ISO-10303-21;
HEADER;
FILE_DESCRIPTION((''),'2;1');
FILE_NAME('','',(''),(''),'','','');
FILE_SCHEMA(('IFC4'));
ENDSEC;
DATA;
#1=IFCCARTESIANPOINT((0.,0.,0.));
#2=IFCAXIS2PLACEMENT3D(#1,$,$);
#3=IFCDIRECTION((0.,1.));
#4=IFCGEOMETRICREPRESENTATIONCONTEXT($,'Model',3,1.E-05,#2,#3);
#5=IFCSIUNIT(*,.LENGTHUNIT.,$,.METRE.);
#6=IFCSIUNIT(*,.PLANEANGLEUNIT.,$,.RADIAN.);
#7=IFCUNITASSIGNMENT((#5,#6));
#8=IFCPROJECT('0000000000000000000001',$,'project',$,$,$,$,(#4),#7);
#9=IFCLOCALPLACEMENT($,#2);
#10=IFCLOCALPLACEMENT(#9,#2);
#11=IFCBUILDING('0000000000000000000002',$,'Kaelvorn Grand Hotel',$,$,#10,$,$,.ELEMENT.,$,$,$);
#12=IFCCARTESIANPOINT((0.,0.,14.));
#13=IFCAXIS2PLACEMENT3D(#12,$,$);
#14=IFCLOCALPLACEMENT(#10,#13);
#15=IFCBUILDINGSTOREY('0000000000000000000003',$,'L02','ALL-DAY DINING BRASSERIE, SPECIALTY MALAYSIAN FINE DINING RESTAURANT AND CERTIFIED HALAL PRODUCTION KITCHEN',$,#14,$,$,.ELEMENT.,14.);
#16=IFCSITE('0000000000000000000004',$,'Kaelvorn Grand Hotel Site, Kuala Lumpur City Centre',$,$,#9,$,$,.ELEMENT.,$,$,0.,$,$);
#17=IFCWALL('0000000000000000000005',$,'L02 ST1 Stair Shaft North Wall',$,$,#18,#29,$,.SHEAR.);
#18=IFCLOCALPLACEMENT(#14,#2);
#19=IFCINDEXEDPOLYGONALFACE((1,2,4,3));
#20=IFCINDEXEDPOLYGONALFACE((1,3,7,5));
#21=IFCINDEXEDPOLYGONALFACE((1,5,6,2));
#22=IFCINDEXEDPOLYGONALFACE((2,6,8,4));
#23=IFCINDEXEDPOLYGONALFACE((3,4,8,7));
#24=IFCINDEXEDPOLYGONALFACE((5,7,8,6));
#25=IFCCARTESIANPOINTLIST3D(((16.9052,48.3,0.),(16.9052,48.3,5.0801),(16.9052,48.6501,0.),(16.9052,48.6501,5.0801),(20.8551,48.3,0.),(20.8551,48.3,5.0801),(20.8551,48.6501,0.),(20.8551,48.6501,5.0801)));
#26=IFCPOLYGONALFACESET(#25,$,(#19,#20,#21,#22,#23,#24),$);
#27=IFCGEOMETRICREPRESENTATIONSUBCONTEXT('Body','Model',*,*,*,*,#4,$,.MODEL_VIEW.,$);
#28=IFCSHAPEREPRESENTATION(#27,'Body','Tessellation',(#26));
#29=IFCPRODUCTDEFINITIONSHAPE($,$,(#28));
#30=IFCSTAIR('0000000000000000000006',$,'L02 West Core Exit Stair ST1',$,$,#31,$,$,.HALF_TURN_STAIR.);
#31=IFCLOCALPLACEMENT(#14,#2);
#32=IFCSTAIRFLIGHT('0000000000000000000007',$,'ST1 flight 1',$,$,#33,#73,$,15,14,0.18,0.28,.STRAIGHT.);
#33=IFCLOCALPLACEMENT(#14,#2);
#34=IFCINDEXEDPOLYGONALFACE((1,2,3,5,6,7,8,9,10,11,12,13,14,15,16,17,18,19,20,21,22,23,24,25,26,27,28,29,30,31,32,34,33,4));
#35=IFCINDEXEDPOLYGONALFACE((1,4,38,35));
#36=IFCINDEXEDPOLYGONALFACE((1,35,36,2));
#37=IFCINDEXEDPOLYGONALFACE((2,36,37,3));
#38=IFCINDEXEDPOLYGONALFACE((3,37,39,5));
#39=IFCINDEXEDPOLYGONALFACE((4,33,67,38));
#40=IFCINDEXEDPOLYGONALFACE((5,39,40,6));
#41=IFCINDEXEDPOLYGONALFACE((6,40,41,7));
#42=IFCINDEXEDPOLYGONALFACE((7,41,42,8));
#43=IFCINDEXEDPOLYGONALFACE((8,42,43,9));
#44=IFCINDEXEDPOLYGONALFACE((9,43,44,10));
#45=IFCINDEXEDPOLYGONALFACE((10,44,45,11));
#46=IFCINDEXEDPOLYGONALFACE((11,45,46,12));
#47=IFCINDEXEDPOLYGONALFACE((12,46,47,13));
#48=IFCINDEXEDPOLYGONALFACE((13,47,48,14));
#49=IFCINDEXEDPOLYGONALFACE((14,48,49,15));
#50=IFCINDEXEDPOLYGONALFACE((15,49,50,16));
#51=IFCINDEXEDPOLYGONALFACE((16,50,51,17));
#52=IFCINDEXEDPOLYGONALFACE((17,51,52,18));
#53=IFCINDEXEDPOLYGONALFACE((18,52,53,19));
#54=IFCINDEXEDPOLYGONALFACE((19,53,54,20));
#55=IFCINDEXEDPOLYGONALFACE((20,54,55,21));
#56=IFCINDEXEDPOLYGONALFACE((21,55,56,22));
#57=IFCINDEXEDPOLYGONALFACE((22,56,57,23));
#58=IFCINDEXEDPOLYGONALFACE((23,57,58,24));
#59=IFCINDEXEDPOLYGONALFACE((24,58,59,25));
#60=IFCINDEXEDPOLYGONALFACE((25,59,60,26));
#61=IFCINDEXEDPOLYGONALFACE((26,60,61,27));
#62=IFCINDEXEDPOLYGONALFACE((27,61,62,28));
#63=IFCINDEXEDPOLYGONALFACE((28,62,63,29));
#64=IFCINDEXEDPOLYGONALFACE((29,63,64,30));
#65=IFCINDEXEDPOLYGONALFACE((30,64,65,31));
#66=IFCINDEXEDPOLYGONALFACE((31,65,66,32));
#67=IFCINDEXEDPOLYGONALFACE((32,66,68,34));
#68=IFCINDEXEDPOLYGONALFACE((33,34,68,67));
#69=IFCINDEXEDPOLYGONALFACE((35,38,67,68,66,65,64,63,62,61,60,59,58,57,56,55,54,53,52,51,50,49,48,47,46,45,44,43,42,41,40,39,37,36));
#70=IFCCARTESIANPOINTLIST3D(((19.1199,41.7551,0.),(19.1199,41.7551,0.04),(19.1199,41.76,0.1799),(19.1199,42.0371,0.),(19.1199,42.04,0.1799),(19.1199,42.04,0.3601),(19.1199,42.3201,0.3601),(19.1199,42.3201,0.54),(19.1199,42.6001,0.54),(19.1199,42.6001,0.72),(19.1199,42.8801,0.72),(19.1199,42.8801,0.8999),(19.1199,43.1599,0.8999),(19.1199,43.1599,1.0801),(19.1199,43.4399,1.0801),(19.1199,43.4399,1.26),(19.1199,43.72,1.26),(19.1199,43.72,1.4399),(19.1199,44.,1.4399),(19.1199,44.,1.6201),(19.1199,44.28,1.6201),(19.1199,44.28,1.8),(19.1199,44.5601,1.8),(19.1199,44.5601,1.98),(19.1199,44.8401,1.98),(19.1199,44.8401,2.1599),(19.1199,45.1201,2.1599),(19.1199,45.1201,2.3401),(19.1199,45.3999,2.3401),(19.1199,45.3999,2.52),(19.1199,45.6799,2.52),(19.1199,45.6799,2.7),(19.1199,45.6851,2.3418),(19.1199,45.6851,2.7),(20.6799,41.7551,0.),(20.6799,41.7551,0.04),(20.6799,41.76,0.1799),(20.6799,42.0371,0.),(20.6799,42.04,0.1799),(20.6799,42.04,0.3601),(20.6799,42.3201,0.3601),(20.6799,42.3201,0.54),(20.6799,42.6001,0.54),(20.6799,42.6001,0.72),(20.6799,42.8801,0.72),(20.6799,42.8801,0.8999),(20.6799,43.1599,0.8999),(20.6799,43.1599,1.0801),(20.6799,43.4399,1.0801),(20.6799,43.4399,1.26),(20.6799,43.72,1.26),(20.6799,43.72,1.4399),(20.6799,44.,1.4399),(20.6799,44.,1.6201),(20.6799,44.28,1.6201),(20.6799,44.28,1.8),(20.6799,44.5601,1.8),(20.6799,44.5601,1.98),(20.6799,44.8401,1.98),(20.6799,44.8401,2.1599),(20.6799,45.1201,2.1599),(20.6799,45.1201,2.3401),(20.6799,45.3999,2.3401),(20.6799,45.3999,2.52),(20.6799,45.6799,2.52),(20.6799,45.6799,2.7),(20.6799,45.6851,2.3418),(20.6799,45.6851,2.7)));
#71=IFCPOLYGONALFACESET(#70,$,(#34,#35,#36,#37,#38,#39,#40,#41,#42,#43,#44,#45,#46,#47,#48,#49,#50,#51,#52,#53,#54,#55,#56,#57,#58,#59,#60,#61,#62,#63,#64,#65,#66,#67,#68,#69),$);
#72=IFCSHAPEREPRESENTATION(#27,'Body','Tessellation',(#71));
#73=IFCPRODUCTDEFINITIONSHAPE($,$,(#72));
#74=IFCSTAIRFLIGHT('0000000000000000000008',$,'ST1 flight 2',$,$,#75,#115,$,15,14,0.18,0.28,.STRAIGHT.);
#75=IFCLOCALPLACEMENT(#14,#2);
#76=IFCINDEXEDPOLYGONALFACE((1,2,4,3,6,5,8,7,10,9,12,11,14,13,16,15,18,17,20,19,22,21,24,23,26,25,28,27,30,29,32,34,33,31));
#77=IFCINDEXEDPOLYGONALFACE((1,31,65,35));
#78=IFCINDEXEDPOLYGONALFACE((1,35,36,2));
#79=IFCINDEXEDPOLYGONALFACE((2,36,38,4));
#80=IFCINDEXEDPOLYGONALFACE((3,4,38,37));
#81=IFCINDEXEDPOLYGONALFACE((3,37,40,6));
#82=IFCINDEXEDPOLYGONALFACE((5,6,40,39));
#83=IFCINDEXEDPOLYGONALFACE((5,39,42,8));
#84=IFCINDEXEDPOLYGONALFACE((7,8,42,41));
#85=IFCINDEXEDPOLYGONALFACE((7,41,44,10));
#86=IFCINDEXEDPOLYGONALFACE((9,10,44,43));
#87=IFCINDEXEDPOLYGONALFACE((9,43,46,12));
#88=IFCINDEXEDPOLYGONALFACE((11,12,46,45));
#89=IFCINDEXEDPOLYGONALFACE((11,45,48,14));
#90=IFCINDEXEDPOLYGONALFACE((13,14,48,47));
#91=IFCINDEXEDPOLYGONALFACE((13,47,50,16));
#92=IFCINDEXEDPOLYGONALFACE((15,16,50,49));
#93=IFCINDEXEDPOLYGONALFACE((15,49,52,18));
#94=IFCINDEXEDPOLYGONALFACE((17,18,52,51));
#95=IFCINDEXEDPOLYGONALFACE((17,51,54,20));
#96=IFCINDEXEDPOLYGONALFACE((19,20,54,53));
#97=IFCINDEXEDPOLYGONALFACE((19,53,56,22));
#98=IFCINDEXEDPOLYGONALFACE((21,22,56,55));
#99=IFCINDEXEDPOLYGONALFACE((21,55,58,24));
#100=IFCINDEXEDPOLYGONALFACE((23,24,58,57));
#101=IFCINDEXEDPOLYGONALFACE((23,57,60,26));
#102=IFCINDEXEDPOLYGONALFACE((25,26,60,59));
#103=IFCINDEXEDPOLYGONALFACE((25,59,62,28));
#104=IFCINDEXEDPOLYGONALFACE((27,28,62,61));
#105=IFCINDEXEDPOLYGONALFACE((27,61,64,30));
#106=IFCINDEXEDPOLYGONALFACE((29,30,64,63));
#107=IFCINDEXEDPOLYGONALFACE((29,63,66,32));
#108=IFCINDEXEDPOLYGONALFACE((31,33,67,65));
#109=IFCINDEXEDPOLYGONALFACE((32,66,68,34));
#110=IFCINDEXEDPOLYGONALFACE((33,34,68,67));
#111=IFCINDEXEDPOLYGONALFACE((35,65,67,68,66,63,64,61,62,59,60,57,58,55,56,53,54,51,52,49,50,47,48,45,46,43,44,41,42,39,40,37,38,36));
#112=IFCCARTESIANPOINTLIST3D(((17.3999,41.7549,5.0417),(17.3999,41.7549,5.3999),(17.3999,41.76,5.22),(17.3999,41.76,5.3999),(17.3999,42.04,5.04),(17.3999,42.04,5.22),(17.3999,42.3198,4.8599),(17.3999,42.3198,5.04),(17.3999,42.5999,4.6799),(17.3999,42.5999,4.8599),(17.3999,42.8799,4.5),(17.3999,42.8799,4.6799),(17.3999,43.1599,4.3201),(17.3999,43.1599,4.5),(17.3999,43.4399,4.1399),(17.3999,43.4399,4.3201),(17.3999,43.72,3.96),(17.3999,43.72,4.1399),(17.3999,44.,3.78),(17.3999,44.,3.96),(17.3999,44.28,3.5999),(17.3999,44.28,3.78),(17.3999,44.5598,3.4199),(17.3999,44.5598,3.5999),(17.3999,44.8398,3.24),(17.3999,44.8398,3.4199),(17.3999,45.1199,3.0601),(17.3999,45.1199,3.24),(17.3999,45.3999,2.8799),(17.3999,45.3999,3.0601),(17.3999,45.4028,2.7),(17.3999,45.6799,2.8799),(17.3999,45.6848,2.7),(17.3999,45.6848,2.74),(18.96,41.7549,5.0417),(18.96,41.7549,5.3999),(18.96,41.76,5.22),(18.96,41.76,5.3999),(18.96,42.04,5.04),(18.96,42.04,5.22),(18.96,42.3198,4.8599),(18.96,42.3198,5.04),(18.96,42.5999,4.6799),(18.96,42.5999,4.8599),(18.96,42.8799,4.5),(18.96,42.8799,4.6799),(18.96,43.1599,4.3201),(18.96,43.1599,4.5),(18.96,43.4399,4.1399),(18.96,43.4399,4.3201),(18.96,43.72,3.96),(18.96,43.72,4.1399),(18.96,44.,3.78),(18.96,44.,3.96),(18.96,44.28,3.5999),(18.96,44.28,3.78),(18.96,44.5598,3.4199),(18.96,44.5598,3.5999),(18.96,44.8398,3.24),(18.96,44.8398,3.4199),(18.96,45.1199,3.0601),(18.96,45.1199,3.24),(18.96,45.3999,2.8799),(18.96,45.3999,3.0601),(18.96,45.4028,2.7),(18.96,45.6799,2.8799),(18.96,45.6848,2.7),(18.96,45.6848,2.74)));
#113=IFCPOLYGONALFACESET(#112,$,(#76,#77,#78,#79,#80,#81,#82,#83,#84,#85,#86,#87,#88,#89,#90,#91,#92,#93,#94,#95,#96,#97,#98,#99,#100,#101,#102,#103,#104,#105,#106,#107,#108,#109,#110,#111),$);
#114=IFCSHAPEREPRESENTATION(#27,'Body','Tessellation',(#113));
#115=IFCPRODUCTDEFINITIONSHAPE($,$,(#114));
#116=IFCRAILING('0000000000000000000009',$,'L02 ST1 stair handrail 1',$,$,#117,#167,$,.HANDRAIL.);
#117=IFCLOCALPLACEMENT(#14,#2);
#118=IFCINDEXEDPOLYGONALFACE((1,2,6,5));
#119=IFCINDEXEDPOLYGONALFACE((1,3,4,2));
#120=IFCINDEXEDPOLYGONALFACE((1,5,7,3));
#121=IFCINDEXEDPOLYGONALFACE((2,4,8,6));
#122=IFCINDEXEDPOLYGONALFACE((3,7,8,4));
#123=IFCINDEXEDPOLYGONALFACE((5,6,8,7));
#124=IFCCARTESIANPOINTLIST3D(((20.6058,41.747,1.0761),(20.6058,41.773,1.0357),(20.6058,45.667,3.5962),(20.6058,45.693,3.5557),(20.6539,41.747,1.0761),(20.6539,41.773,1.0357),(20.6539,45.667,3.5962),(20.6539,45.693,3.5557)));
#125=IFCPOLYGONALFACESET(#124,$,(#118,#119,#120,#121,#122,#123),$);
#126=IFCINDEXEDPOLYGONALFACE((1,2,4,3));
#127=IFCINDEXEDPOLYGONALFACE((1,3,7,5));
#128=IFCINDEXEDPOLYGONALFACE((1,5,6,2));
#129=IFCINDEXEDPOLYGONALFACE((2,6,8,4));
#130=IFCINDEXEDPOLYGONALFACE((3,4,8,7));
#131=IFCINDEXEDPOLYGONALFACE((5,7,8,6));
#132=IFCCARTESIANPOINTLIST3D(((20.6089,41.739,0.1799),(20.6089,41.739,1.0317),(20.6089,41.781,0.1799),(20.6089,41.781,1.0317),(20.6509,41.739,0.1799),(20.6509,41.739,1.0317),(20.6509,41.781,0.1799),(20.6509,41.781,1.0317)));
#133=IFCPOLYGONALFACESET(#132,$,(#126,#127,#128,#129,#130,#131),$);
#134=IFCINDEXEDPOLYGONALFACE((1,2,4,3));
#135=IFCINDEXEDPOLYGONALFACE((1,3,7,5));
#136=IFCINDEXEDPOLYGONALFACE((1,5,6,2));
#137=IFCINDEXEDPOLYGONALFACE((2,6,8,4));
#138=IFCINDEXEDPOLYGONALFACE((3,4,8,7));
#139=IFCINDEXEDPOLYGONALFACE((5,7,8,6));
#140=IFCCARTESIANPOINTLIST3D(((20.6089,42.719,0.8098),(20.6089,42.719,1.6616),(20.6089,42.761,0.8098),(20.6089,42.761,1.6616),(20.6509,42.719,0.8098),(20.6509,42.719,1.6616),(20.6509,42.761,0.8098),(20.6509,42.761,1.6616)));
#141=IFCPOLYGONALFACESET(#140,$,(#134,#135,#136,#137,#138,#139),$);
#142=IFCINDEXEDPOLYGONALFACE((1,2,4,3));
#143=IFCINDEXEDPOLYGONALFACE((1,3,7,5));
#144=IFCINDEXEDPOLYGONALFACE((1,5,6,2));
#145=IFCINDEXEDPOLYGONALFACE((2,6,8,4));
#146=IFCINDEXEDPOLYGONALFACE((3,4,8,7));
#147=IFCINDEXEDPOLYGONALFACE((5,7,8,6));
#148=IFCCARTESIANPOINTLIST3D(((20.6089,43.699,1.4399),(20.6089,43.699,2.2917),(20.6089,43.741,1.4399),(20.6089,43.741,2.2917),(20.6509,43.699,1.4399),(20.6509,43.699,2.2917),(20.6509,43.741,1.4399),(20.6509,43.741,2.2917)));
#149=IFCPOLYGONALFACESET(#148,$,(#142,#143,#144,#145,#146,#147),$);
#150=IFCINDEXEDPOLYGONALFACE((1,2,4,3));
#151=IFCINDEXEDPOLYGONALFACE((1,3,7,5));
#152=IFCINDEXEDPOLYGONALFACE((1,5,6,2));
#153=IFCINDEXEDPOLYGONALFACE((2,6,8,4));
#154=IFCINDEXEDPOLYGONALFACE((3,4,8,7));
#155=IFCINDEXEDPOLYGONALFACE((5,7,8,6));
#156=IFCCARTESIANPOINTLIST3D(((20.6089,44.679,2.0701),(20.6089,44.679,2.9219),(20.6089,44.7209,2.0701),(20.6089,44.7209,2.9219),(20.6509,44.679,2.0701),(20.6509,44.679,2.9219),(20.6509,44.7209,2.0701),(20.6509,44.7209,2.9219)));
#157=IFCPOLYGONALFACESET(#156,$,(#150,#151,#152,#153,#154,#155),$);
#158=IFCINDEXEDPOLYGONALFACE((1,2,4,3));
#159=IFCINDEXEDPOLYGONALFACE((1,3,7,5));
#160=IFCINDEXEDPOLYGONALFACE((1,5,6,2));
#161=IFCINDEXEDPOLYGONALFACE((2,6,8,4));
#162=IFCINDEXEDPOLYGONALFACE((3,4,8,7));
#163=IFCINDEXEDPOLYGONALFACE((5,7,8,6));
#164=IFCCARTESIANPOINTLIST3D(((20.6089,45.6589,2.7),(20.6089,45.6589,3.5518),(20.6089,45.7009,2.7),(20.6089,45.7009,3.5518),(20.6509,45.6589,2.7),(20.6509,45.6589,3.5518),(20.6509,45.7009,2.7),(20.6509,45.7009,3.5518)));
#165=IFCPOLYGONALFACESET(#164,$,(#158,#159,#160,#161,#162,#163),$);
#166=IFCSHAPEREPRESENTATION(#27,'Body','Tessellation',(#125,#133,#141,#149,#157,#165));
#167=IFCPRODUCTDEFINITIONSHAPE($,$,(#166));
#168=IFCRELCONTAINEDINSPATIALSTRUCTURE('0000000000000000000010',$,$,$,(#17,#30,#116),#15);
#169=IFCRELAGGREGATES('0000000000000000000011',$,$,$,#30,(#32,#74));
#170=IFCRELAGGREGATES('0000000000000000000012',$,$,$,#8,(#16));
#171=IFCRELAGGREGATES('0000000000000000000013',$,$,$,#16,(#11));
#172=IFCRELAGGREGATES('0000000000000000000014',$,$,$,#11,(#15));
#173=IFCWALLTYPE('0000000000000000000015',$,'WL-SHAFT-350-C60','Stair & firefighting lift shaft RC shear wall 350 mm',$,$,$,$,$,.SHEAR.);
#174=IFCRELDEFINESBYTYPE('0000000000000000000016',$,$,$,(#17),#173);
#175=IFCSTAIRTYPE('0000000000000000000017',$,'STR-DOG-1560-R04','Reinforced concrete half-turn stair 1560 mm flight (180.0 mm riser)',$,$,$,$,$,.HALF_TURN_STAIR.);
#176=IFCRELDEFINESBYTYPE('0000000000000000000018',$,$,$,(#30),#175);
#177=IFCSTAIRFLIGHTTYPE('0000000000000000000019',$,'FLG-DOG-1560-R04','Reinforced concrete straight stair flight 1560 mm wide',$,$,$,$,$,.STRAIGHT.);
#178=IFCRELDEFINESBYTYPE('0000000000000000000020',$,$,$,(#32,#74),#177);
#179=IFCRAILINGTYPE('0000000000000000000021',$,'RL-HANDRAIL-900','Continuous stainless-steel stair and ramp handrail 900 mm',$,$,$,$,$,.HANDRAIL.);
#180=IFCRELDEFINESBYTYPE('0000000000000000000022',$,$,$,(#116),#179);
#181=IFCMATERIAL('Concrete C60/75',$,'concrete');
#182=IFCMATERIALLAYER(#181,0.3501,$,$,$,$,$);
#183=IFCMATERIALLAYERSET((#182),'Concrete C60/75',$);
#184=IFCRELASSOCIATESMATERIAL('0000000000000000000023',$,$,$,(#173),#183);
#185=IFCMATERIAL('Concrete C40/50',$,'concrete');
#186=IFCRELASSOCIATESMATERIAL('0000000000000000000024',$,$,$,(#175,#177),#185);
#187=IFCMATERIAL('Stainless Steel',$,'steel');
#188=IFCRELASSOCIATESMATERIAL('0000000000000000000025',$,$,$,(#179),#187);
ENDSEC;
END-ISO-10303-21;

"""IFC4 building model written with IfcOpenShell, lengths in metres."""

from ifc_helpers import new_model, si_unit, direction, frame, frame_2d, origin, origin_2d, place, context, subcontext, project, spatial, polyline, rectangle, outline, extrude, material, layer, layer_set, type_object, element, aggregate, save


model = new_model("IFC4")

# Units and contexts
model_context = context("Model", 3, precision=1e-05, world=origin(), true_north=direction((0.0, 1.0)))
body_context = subcontext(model_context, "Body", "Model", "MODEL_VIEW")
ifc_project = project(units=[si_unit("LENGTHUNIT", "METRE"), si_unit("PLANEANGLEUNIT", "RADIAN")], contexts=[model_context])

# Site, building, storey
site_placement = place(None, origin())
site = spatial("IfcSite", under=ifc_project, at=site_placement, Name="Kaelvorn Grand Hotel Site, Kuala Lumpur City Centre", CompositionType="ELEMENT", RefElevation=0.0)
building_placement = place(site_placement, origin())
building = spatial("IfcBuilding", under=site, at=building_placement, Name="Kaelvorn Grand Hotel", CompositionType="ELEMENT")
storey_placement = place(building_placement, frame((0.0, 0.0, 14.0)))
storey = spatial("IfcBuildingStorey", under=building, at=storey_placement, Name="L02", Description="ALL-DAY DINING BRASSERIE, SPECIALTY MALAYSIAN FINE DINING RESTAURANT AND CERTIFIED HALAL PRODUCTION KITCHEN", CompositionType="ELEMENT", Elevation=14.0)

# Shared definitions
ifc_material_1 = material(Name="Concrete C40/50", Category="concrete")

# Wall
ifc_material_2 = material(Name="Concrete C60/75", Category="concrete")
ifc_layer_1 = layer(ifc_material_2, 0.3501)
ifc_layer_set_1 = layer_set([ifc_layer_1], Name="Concrete C60/75")
wall_type_1 = type_object("IfcWallType", Name="WL-SHAFT-350-C60", Description="Stair & firefighting lift shaft RC shear wall 350 mm", PredefinedType="SHEAR", material=ifc_layer_set_1)
wall_1_placement = place(storey_placement, frame((16.905, 48.4751, 0.0), z_axis=(0.0, 0.0, 1.0), x_axis=(1.0, 0.0, 0.0)))
element("IfcWall", 1, at=wall_1_placement, inside=storey, type_object=wall_type_1, Name="L02 ST1 Stair Shaft North Wall", PredefinedType="SHEAR", context=body_context, shape_type="SweptSolid", body=[
    extrude(rectangle(XDim=3.95, YDim=0.3501, at=frame_2d((1.9751, 0.0))), origin(), (0.0, 0.0, 1.0), 5.0801),
])

# Stair, stair flights
stair_type = type_object("IfcStairType", Name="STR-DOG-1560-R04", Description="Reinforced concrete half-turn stair 1560 mm flight (180.0 mm riser)", PredefinedType="HALF_TURN_STAIR", material=ifc_material_1)
stair_placement = place(storey_placement, origin())
stair = element("IfcStair", 2, at=stair_placement, inside=storey, type_object=stair_type, Name="L02 West Core Exit Stair ST1", PredefinedType="HALF_TURN_STAIR")
stair_flight_type = type_object("IfcStairFlightType", Name="FLG-DOG-1560-R04", Description="Reinforced concrete straight stair flight 1560 mm wide", PredefinedType="STRAIGHT", material=ifc_material_1)
stair_flight_1_placement = place(storey_placement, frame((19.8999, 41.76, 0.0), z_axis=(0.0, 0.0, 1.0), x_axis=(0.0, 1.0, 0.0)))
stair_flight_1 = element("IfcStairFlight", 3, at=stair_flight_1_placement, type_object=stair_flight_type, Name="ST1 flight 1", NumberOfRisers=15, NumberOfTreads=14, PredefinedType="STRAIGHT", RiserHeight=0.18, TreadLength=0.28, context=body_context, shape_type="SweptSolid", body=[
    extrude(outline(polyline([(-0.0049, 0.0), (-0.0049, 0.04), (0.0, 0.1799), (0.28, 0.1799), (0.28, 0.3601), (0.5601, 0.3601), (0.5601, 0.54), (0.8401, 0.54), (0.8401, 0.72), (1.1201, 0.72), (1.1201, 0.8999), (1.3999, 0.8999), (1.3999, 1.0801), (1.6799, 1.0801), (1.6799, 1.26), (1.96, 1.26), (1.96, 1.4399), (2.24, 1.4399), (2.24, 1.6201), (2.52, 1.6201), (2.52, 1.8), (2.8, 1.8), (2.8, 1.98), (3.0801, 1.98), (3.0801, 2.1599), (3.3601, 2.1599), (3.3601, 2.3401), (3.6399, 2.3401), (3.6399, 2.52), (3.9199, 2.52), (3.9199, 2.7), (3.925, 2.7), (3.925, 2.3418), (0.2771, 0.0), (-0.0049, 0.0)])), frame((0.0, 0.78, 0.0), z_axis=(0.0, -1.0, 0.0), x_axis=(1.0, 0.0, 0.0)), (0.0, 0.0, 1.0), 1.5601),
])
stair_flight_2_placement = place(storey_placement, frame((18.1799, 45.6799, 2.7), z_axis=(0.0, 0.0, 1.0), x_axis=(0.0, -1.0, 0.0)))
stair_flight_2 = element("IfcStairFlight", 4, at=stair_flight_2_placement, type_object=stair_flight_type, Name="ST1 flight 2", NumberOfRisers=15, NumberOfTreads=14, PredefinedType="STRAIGHT", RiserHeight=0.18, TreadLength=0.28, context=body_context, shape_type="SweptSolid", body=[
    extrude(outline(polyline([(-0.0049, 0.0), (-0.0049, 0.04), (0.0, 0.1799), (0.28, 0.1799), (0.28, 0.3601), (0.5601, 0.3601), (0.5601, 0.54), (0.8401, 0.54), (0.8401, 0.72), (1.1201, 0.72), (1.1201, 0.8999), (1.3999, 0.8999), (1.3999, 1.0801), (1.6799, 1.0801), (1.6799, 1.26), (1.96, 1.26), (1.96, 1.4399), (2.24, 1.4399), (2.24, 1.6201), (2.52, 1.6201), (2.52, 1.8), (2.8, 1.8), (2.8, 1.98), (3.0801, 1.98), (3.0801, 2.1599), (3.3601, 2.1599), (3.3601, 2.3401), (3.6399, 2.3401), (3.6399, 2.52), (3.9199, 2.52), (3.9199, 2.7), (3.925, 2.7), (3.925, 2.3418), (0.2771, 0.0), (-0.0049, 0.0)])), frame((0.0, 0.78, 0.0), z_axis=(0.0, -1.0, 0.0), x_axis=(1.0, 0.0, 0.0)), (0.0, 0.0, 1.0), 1.5601),
])
aggregate(stair, [stair_flight_1, stair_flight_2])

# Railing
ifc_material_3 = material(Name="Stainless Steel", Category="steel")
railing_type_1 = type_object("IfcRailingType", Name="RL-HANDRAIL-900", Description="Continuous stainless-steel stair and ramp handrail 900 mm", PredefinedType="HANDRAIL", material=ifc_material_3)
railing_1_placement = place(storey_placement, frame((20.6299, 41.76, 0.1799)))
element("IfcRailing", 5, at=railing_1_placement, inside=storey, type_object=railing_type_1, Name="L02 ST1 stair handrail 1", PredefinedType="HANDRAIL", context=body_context, shape_type="SweptSolid", body=[
    extrude(rectangle(XDim=0.0481, YDim=0.0481, at=origin_2d()), frame((0.0, 0.0, 0.876), z_axis=(0.0, 0.841172, 0.540768), x_axis=(-1.0, 0.0, 0.0)), (0.0, 0.0, 1.0), 4.6602),
    extrude(rectangle(XDim=0.042, YDim=0.042, at=origin_2d()), origin(), (0.0, 0.0, 1.0), 0.8518),
    extrude(rectangle(XDim=0.042, YDim=0.042, at=origin_2d()), frame((0.0, 0.98, 0.6299)), (0.0, 0.0, 1.0), 0.8518),
    extrude(rectangle(XDim=0.042, YDim=0.042, at=origin_2d()), frame((0.0, 1.96, 1.26)), (0.0, 0.0, 1.0), 0.8518),
    extrude(rectangle(XDim=0.042, YDim=0.042, at=origin_2d()), frame((0.0, 2.9399, 1.8901)), (0.0, 0.0, 1.0), 0.8518),
    extrude(rectangle(XDim=0.042, YDim=0.042, at=origin_2d()), frame((0.0, 3.9199, 2.52)), (0.0, 0.0, 1.0), 0.8518),
])

save(model, "model.ifc")
